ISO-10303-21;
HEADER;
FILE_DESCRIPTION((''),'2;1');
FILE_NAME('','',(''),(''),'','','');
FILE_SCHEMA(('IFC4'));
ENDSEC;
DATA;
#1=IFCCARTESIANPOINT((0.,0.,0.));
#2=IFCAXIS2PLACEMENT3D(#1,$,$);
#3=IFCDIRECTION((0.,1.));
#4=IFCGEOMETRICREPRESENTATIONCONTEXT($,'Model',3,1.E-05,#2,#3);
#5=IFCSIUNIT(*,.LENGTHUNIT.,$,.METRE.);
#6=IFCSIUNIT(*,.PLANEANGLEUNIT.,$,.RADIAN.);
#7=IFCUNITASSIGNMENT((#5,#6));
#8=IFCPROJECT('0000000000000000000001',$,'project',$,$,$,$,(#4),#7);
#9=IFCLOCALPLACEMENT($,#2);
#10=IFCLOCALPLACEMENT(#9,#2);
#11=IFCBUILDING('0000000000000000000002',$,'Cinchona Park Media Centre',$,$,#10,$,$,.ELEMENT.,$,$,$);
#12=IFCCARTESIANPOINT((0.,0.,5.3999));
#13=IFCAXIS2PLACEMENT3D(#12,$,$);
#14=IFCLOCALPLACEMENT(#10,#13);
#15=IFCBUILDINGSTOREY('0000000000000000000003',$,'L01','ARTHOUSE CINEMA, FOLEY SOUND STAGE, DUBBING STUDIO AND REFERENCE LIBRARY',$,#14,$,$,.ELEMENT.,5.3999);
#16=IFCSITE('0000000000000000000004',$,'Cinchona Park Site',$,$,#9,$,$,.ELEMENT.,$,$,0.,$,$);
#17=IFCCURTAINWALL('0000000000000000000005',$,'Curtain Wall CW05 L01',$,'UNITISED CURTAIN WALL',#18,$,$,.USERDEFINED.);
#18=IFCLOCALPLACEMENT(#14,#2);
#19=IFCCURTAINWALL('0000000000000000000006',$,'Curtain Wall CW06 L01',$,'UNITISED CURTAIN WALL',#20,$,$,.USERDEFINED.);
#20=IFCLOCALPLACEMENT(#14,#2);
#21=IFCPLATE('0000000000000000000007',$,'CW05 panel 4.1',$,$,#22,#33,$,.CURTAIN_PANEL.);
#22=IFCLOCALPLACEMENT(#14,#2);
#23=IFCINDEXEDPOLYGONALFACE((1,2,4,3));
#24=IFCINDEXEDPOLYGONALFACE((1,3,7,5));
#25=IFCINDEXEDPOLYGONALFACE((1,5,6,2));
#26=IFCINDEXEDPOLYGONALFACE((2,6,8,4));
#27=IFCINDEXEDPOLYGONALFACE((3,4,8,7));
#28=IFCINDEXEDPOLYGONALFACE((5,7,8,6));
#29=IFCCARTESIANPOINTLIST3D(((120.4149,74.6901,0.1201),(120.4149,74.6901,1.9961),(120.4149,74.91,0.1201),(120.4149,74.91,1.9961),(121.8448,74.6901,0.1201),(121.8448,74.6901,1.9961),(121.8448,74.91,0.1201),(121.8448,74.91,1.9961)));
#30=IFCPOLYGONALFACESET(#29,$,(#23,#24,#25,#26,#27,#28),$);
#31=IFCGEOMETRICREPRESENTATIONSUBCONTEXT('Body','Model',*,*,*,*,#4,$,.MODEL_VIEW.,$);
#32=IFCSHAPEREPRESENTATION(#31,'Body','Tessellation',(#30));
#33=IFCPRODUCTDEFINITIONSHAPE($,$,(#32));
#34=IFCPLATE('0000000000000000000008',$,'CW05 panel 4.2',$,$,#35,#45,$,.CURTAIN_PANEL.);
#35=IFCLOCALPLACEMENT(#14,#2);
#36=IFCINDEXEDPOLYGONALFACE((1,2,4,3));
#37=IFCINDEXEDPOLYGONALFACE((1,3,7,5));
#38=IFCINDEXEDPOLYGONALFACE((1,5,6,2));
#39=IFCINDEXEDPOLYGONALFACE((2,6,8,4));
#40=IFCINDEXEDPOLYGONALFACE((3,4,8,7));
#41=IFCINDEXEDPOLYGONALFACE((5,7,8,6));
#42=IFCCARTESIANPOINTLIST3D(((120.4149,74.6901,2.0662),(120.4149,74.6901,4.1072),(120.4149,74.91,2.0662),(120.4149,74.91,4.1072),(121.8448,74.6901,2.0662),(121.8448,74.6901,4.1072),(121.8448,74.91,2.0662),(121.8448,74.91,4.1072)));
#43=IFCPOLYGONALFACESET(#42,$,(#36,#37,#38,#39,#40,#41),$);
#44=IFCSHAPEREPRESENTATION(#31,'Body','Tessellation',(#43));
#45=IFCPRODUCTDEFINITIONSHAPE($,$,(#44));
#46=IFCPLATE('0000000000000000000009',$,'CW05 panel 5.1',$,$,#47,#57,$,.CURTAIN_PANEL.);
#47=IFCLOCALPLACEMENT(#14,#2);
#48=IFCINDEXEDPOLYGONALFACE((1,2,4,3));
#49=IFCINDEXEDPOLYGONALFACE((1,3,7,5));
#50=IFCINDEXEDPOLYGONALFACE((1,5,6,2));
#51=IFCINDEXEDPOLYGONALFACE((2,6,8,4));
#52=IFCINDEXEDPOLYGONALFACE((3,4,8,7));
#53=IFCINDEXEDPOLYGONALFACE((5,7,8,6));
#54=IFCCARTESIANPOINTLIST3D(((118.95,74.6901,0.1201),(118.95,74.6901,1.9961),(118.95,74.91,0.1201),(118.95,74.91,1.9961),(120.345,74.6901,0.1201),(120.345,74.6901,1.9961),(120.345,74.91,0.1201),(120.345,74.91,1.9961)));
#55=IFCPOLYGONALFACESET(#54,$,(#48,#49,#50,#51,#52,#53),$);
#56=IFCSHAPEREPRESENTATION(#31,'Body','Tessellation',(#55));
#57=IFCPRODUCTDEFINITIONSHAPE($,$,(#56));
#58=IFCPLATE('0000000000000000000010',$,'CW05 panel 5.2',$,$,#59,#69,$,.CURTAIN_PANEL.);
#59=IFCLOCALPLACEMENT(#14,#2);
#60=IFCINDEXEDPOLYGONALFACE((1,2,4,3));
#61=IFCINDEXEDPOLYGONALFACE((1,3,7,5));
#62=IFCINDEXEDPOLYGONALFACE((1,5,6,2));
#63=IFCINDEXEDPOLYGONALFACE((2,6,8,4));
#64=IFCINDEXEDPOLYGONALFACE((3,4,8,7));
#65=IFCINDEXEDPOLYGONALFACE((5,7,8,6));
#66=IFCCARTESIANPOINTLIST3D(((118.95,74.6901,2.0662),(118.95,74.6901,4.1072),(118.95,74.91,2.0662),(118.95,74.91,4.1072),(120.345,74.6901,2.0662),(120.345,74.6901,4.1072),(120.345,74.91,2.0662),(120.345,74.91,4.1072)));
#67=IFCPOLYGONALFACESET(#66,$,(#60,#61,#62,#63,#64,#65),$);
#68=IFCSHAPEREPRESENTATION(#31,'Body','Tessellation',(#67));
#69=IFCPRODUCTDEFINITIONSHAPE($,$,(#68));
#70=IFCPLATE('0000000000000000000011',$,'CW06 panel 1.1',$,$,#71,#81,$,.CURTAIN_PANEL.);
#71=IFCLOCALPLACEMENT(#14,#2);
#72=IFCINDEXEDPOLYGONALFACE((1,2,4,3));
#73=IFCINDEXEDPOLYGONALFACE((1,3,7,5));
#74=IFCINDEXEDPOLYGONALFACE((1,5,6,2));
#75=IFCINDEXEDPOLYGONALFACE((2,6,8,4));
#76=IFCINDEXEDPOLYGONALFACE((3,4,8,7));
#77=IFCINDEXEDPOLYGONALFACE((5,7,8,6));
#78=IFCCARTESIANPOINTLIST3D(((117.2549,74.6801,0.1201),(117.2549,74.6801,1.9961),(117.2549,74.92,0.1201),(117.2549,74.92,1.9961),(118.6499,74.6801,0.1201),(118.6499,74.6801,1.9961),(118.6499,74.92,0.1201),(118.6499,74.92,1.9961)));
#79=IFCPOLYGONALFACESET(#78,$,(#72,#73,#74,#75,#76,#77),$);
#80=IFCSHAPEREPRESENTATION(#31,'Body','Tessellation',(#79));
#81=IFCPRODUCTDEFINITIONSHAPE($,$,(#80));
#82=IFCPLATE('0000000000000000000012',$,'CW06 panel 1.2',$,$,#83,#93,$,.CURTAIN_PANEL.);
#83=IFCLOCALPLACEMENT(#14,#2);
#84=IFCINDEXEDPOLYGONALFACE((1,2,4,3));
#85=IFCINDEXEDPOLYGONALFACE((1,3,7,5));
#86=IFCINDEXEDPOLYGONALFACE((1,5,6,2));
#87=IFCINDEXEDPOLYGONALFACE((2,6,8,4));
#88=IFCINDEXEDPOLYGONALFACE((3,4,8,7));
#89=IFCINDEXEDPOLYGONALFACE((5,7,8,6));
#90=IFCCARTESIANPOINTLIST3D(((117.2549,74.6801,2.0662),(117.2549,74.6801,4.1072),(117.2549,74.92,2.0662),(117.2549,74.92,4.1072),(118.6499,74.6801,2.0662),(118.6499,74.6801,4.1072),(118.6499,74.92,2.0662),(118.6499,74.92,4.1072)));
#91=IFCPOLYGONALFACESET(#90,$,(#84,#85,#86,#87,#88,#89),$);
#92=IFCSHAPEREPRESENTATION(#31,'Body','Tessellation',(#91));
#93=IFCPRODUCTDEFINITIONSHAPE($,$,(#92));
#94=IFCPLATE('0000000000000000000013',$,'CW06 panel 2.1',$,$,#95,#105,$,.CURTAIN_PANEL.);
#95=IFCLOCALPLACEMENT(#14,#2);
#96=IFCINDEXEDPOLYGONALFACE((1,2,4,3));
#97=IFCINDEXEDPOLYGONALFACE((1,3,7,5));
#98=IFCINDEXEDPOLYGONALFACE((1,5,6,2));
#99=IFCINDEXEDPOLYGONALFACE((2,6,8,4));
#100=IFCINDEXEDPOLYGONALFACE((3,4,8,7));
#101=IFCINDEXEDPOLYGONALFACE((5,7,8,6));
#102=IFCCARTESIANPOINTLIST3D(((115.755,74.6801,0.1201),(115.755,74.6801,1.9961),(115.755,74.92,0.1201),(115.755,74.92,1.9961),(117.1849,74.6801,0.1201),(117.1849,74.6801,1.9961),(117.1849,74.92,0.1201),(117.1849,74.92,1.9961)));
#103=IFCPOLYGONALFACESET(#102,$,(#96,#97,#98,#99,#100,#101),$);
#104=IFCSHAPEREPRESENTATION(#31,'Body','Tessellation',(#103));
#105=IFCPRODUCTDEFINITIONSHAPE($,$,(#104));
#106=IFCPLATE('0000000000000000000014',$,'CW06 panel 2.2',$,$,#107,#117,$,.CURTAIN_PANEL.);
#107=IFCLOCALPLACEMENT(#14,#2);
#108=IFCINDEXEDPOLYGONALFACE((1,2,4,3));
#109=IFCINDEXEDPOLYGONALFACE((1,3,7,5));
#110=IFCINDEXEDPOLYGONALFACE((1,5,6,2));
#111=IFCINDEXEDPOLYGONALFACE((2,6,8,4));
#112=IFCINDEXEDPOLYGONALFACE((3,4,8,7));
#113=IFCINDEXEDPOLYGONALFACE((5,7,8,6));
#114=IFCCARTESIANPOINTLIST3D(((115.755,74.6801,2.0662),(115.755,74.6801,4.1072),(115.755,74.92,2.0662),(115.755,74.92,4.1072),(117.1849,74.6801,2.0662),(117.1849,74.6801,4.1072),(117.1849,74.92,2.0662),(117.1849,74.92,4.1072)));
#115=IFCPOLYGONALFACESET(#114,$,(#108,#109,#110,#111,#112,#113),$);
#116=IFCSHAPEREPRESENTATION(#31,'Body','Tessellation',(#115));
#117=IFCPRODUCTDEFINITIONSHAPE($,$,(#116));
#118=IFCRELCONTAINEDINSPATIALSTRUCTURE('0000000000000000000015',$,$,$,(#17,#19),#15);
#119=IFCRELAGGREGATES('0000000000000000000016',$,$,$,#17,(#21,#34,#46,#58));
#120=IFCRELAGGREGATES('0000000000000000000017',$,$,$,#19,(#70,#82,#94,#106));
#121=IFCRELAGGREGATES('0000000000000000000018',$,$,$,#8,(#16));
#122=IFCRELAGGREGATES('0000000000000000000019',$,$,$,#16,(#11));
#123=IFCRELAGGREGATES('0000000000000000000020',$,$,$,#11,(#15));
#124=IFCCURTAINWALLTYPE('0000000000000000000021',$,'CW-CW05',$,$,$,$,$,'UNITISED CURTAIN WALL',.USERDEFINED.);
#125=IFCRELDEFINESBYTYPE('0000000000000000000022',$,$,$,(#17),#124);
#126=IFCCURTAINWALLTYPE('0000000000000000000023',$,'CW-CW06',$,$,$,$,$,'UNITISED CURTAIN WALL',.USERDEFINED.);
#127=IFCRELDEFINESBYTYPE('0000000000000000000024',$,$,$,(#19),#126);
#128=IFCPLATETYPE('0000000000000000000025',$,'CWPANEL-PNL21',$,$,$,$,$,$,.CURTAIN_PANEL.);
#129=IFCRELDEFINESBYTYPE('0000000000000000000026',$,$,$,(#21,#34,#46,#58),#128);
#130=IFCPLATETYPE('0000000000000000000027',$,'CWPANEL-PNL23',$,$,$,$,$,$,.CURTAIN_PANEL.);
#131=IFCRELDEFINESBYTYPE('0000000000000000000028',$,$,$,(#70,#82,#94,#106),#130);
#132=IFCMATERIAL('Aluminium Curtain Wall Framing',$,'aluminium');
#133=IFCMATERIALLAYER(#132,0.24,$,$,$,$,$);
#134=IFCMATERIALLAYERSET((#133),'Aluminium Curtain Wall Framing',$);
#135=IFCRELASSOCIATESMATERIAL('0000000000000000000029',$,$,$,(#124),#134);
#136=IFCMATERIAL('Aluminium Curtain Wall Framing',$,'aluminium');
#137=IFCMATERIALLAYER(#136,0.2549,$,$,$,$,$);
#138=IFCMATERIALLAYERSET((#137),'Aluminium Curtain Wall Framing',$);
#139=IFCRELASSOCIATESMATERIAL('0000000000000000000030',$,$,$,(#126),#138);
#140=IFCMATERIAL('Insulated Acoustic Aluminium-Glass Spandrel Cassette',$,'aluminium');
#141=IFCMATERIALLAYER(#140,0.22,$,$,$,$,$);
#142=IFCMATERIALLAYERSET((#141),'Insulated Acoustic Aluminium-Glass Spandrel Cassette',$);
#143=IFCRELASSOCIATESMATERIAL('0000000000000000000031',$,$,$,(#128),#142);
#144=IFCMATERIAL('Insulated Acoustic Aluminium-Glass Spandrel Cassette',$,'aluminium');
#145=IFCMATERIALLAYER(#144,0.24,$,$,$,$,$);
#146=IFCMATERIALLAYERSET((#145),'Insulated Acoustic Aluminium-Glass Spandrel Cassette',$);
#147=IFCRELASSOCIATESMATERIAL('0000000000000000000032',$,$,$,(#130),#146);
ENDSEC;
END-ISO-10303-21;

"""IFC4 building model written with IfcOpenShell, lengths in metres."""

from ifc_helpers import new_model, si_unit, direction, frame, origin, origin_2d, place, context, subcontext, project, spatial, rectangle, extrude, material, layer, layer_set, type_object, element, aggregate, save


model = new_model("IFC4")

# Units and contexts
model_context = context("Model", 3, precision=1e-05, world=origin(), true_north=direction((0.0, 1.0)))
body_context = subcontext(model_context, "Body", "Model", "MODEL_VIEW")
ifc_project = project(units=[si_unit("LENGTHUNIT", "METRE"), si_unit("PLANEANGLEUNIT", "RADIAN")], contexts=[model_context])

# Site, building, storey
site_placement = place(None, origin())
site = spatial("IfcSite", under=ifc_project, at=site_placement, Name="Cinchona Park Site", CompositionType="ELEMENT", RefElevation=0.0)
building_placement = place(site_placement, origin())
building = spatial("IfcBuilding", under=site, at=building_placement, Name="Cinchona Park Media Centre", CompositionType="ELEMENT")
storey_placement = place(building_placement, frame((0.0, 0.0, 5.3999)))
storey = spatial("IfcBuildingStorey", under=building, at=storey_placement, Name="L01", Description="ARTHOUSE CINEMA, FOLEY SOUND STAGE, DUBBING STUDIO AND REFERENCE LIBRARY", CompositionType="ELEMENT", Elevation=5.3999)

# Curtain walls
ifc_material_1 = material(Name="Aluminium Curtain Wall Framing", Category="aluminium")
ifc_layer_1 = layer(ifc_material_1, 0.24)
ifc_layer_set_1 = layer_set([ifc_layer_1], Name="Aluminium Curtain Wall Framing")
curtain_wall_type_1 = type_object("IfcCurtainWallType", Name="CW-CW05", ElementType="UNITISED CURTAIN WALL", PredefinedType="USERDEFINED", material=ifc_layer_set_1)
curtain_wall_1_placement = place(storey_placement, origin())
curtain_wall_1 = element("IfcCurtainWall", 1, at=curtain_wall_1_placement, inside=storey, type_object=curtain_wall_type_1, Name="Curtain Wall CW05 L01", ObjectType="UNITISED CURTAIN WALL", PredefinedType="USERDEFINED")
ifc_material_2 = material(Name="Aluminium Curtain Wall Framing", Category="aluminium")
ifc_layer_2 = layer(ifc_material_2, 0.2549)
ifc_layer_set_2 = layer_set([ifc_layer_2], Name="Aluminium Curtain Wall Framing")
curtain_wall_type_2 = type_object("IfcCurtainWallType", Name="CW-CW06", ElementType="UNITISED CURTAIN WALL", PredefinedType="USERDEFINED", material=ifc_layer_set_2)
curtain_wall_2_placement = place(storey_placement, origin())
curtain_wall_2 = element("IfcCurtainWall", 2, at=curtain_wall_2_placement, inside=storey, type_object=curtain_wall_type_2, Name="Curtain Wall CW06 L01", ObjectType="UNITISED CURTAIN WALL", PredefinedType="USERDEFINED")

# Plates
ifc_material_3 = material(Name="Insulated Acoustic Aluminium-Glass Spandrel Cassette", Category="aluminium")
ifc_layer_3 = layer(ifc_material_3, 0.22)
ifc_layer_set_3 = layer_set([ifc_layer_3], Name="Insulated Acoustic Aluminium-Glass Spandrel Cassette")
plate_type_1 = type_object("IfcPlateType", Name="CWPANEL-PNL21", PredefinedType="CURTAIN_PANEL", material=ifc_layer_set_3)
plate_1_placement = place(storey_placement, frame((121.1299, 74.8, 0.1201), z_axis=(0.0, 0.0, 1.0), x_axis=(-1.0, 0.0, 0.0)))
plate_1 = element("IfcPlate", 3, at=plate_1_placement, type_object=plate_type_1, Name="CW05 panel 4.1", PredefinedType="CURTAIN_PANEL", context=body_context, shape_type="SweptSolid", body=[
    extrude(rectangle(XDim=1.4299, YDim=0.22, at=origin_2d()), origin(), (0.0, 0.0, 1.0), 1.876),
])
plate_2_placement = place(storey_placement, frame((121.1299, 74.8, 2.0662), z_axis=(0.0, 0.0, 1.0), x_axis=(-1.0, 0.0, 0.0)))
plate_2 = element("IfcPlate", 4, at=plate_2_placement, type_object=plate_type_1, Name="CW05 panel 4.2", PredefinedType="CURTAIN_PANEL", context=body_context, shape_type="SweptSolid", body=[
    extrude(rectangle(XDim=1.4299, YDim=0.22, at=origin_2d()), origin(), (0.0, 0.0, 1.0), 2.041),
])
plate_3_placement = place(storey_placement, frame((119.6475, 74.8, 0.1201), z_axis=(0.0, 0.0, 1.0), x_axis=(-1.0, 0.0, 0.0)))
plate_3 = element("IfcPlate", 5, at=plate_3_placement, type_object=plate_type_1, Name="CW05 panel 5.1", PredefinedType="CURTAIN_PANEL", context=body_context, shape_type="SweptSolid", body=[
    extrude(rectangle(XDim=1.395, YDim=0.22, at=origin_2d()), origin(), (0.0, 0.0, 1.0), 1.876),
])
plate_4_placement = place(storey_placement, frame((119.6475, 74.8, 2.0662), z_axis=(0.0, 0.0, 1.0), x_axis=(-1.0, 0.0, 0.0)))
plate_4 = element("IfcPlate", 6, at=plate_4_placement, type_object=plate_type_1, Name="CW05 panel 5.2", PredefinedType="CURTAIN_PANEL", context=body_context, shape_type="SweptSolid", body=[
    extrude(rectangle(XDim=1.395, YDim=0.22, at=origin_2d()), origin(), (0.0, 0.0, 1.0), 2.041),
])
aggregate(curtain_wall_1, [plate_1, plate_2, plate_3, plate_4])
ifc_material_4 = material(Name="Insulated Acoustic Aluminium-Glass Spandrel Cassette", Category="aluminium")
ifc_layer_4 = layer(ifc_material_4, 0.24)
ifc_layer_set_4 = layer_set([ifc_layer_4], Name="Insulated Acoustic Aluminium-Glass Spandrel Cassette")
plate_type_2 = type_object("IfcPlateType", Name="CWPANEL-PNL23", PredefinedType="CURTAIN_PANEL", material=ifc_layer_set_4)
plate_5_placement = place(storey_placement, frame((117.9524, 74.8, 0.1201), z_axis=(0.0, 0.0, 1.0), x_axis=(-1.0, 0.0, 0.0)))
plate_5 = element("IfcPlate", 7, at=plate_5_placement, type_object=plate_type_2, Name="CW06 panel 1.1", PredefinedType="CURTAIN_PANEL", context=body_context, shape_type="SweptSolid", body=[
    extrude(rectangle(XDim=1.395, YDim=0.24, at=origin_2d()), origin(), (0.0, 0.0, 1.0), 1.876),
])
plate_6_placement = place(storey_placement, frame((117.9524, 74.8, 2.0662), z_axis=(0.0, 0.0, 1.0), x_axis=(-1.0, 0.0, 0.0)))
plate_6 = element("IfcPlate", 8, at=plate_6_placement, type_object=plate_type_2, Name="CW06 panel 1.2", PredefinedType="CURTAIN_PANEL", context=body_context, shape_type="SweptSolid", body=[
    extrude(rectangle(XDim=1.395, YDim=0.24, at=origin_2d()), origin(), (0.0, 0.0, 1.0), 2.041),
])
plate_7_placement = place(storey_placement, frame((116.47, 74.8, 0.1201), z_axis=(0.0, 0.0, 1.0), x_axis=(-1.0, 0.0, 0.0)))
plate_7 = element("IfcPlate", 9, at=plate_7_placement, type_object=plate_type_2, Name="CW06 panel 2.1", PredefinedType="CURTAIN_PANEL", context=body_context, shape_type="SweptSolid", body=[
    extrude(rectangle(XDim=1.4299, YDim=0.24, at=origin_2d()), origin(), (0.0, 0.0, 1.0), 1.876),
])
plate_8_placement = place(storey_placement, frame((116.47, 74.8, 2.0662), z_axis=(0.0, 0.0, 1.0), x_axis=(-1.0, 0.0, 0.0)))
plate_8 = element("IfcPlate", 10, at=plate_8_placement, type_object=plate_type_2, Name="CW06 panel 2.2", PredefinedType="CURTAIN_PANEL", context=body_context, shape_type="SweptSolid", body=[
    extrude(rectangle(XDim=1.4299, YDim=0.24, at=origin_2d()), origin(), (0.0, 0.0, 1.0), 2.041),
])
aggregate(curtain_wall_2, [plate_5, plate_6, plate_7, plate_8])

save(model, "model.ifc")
